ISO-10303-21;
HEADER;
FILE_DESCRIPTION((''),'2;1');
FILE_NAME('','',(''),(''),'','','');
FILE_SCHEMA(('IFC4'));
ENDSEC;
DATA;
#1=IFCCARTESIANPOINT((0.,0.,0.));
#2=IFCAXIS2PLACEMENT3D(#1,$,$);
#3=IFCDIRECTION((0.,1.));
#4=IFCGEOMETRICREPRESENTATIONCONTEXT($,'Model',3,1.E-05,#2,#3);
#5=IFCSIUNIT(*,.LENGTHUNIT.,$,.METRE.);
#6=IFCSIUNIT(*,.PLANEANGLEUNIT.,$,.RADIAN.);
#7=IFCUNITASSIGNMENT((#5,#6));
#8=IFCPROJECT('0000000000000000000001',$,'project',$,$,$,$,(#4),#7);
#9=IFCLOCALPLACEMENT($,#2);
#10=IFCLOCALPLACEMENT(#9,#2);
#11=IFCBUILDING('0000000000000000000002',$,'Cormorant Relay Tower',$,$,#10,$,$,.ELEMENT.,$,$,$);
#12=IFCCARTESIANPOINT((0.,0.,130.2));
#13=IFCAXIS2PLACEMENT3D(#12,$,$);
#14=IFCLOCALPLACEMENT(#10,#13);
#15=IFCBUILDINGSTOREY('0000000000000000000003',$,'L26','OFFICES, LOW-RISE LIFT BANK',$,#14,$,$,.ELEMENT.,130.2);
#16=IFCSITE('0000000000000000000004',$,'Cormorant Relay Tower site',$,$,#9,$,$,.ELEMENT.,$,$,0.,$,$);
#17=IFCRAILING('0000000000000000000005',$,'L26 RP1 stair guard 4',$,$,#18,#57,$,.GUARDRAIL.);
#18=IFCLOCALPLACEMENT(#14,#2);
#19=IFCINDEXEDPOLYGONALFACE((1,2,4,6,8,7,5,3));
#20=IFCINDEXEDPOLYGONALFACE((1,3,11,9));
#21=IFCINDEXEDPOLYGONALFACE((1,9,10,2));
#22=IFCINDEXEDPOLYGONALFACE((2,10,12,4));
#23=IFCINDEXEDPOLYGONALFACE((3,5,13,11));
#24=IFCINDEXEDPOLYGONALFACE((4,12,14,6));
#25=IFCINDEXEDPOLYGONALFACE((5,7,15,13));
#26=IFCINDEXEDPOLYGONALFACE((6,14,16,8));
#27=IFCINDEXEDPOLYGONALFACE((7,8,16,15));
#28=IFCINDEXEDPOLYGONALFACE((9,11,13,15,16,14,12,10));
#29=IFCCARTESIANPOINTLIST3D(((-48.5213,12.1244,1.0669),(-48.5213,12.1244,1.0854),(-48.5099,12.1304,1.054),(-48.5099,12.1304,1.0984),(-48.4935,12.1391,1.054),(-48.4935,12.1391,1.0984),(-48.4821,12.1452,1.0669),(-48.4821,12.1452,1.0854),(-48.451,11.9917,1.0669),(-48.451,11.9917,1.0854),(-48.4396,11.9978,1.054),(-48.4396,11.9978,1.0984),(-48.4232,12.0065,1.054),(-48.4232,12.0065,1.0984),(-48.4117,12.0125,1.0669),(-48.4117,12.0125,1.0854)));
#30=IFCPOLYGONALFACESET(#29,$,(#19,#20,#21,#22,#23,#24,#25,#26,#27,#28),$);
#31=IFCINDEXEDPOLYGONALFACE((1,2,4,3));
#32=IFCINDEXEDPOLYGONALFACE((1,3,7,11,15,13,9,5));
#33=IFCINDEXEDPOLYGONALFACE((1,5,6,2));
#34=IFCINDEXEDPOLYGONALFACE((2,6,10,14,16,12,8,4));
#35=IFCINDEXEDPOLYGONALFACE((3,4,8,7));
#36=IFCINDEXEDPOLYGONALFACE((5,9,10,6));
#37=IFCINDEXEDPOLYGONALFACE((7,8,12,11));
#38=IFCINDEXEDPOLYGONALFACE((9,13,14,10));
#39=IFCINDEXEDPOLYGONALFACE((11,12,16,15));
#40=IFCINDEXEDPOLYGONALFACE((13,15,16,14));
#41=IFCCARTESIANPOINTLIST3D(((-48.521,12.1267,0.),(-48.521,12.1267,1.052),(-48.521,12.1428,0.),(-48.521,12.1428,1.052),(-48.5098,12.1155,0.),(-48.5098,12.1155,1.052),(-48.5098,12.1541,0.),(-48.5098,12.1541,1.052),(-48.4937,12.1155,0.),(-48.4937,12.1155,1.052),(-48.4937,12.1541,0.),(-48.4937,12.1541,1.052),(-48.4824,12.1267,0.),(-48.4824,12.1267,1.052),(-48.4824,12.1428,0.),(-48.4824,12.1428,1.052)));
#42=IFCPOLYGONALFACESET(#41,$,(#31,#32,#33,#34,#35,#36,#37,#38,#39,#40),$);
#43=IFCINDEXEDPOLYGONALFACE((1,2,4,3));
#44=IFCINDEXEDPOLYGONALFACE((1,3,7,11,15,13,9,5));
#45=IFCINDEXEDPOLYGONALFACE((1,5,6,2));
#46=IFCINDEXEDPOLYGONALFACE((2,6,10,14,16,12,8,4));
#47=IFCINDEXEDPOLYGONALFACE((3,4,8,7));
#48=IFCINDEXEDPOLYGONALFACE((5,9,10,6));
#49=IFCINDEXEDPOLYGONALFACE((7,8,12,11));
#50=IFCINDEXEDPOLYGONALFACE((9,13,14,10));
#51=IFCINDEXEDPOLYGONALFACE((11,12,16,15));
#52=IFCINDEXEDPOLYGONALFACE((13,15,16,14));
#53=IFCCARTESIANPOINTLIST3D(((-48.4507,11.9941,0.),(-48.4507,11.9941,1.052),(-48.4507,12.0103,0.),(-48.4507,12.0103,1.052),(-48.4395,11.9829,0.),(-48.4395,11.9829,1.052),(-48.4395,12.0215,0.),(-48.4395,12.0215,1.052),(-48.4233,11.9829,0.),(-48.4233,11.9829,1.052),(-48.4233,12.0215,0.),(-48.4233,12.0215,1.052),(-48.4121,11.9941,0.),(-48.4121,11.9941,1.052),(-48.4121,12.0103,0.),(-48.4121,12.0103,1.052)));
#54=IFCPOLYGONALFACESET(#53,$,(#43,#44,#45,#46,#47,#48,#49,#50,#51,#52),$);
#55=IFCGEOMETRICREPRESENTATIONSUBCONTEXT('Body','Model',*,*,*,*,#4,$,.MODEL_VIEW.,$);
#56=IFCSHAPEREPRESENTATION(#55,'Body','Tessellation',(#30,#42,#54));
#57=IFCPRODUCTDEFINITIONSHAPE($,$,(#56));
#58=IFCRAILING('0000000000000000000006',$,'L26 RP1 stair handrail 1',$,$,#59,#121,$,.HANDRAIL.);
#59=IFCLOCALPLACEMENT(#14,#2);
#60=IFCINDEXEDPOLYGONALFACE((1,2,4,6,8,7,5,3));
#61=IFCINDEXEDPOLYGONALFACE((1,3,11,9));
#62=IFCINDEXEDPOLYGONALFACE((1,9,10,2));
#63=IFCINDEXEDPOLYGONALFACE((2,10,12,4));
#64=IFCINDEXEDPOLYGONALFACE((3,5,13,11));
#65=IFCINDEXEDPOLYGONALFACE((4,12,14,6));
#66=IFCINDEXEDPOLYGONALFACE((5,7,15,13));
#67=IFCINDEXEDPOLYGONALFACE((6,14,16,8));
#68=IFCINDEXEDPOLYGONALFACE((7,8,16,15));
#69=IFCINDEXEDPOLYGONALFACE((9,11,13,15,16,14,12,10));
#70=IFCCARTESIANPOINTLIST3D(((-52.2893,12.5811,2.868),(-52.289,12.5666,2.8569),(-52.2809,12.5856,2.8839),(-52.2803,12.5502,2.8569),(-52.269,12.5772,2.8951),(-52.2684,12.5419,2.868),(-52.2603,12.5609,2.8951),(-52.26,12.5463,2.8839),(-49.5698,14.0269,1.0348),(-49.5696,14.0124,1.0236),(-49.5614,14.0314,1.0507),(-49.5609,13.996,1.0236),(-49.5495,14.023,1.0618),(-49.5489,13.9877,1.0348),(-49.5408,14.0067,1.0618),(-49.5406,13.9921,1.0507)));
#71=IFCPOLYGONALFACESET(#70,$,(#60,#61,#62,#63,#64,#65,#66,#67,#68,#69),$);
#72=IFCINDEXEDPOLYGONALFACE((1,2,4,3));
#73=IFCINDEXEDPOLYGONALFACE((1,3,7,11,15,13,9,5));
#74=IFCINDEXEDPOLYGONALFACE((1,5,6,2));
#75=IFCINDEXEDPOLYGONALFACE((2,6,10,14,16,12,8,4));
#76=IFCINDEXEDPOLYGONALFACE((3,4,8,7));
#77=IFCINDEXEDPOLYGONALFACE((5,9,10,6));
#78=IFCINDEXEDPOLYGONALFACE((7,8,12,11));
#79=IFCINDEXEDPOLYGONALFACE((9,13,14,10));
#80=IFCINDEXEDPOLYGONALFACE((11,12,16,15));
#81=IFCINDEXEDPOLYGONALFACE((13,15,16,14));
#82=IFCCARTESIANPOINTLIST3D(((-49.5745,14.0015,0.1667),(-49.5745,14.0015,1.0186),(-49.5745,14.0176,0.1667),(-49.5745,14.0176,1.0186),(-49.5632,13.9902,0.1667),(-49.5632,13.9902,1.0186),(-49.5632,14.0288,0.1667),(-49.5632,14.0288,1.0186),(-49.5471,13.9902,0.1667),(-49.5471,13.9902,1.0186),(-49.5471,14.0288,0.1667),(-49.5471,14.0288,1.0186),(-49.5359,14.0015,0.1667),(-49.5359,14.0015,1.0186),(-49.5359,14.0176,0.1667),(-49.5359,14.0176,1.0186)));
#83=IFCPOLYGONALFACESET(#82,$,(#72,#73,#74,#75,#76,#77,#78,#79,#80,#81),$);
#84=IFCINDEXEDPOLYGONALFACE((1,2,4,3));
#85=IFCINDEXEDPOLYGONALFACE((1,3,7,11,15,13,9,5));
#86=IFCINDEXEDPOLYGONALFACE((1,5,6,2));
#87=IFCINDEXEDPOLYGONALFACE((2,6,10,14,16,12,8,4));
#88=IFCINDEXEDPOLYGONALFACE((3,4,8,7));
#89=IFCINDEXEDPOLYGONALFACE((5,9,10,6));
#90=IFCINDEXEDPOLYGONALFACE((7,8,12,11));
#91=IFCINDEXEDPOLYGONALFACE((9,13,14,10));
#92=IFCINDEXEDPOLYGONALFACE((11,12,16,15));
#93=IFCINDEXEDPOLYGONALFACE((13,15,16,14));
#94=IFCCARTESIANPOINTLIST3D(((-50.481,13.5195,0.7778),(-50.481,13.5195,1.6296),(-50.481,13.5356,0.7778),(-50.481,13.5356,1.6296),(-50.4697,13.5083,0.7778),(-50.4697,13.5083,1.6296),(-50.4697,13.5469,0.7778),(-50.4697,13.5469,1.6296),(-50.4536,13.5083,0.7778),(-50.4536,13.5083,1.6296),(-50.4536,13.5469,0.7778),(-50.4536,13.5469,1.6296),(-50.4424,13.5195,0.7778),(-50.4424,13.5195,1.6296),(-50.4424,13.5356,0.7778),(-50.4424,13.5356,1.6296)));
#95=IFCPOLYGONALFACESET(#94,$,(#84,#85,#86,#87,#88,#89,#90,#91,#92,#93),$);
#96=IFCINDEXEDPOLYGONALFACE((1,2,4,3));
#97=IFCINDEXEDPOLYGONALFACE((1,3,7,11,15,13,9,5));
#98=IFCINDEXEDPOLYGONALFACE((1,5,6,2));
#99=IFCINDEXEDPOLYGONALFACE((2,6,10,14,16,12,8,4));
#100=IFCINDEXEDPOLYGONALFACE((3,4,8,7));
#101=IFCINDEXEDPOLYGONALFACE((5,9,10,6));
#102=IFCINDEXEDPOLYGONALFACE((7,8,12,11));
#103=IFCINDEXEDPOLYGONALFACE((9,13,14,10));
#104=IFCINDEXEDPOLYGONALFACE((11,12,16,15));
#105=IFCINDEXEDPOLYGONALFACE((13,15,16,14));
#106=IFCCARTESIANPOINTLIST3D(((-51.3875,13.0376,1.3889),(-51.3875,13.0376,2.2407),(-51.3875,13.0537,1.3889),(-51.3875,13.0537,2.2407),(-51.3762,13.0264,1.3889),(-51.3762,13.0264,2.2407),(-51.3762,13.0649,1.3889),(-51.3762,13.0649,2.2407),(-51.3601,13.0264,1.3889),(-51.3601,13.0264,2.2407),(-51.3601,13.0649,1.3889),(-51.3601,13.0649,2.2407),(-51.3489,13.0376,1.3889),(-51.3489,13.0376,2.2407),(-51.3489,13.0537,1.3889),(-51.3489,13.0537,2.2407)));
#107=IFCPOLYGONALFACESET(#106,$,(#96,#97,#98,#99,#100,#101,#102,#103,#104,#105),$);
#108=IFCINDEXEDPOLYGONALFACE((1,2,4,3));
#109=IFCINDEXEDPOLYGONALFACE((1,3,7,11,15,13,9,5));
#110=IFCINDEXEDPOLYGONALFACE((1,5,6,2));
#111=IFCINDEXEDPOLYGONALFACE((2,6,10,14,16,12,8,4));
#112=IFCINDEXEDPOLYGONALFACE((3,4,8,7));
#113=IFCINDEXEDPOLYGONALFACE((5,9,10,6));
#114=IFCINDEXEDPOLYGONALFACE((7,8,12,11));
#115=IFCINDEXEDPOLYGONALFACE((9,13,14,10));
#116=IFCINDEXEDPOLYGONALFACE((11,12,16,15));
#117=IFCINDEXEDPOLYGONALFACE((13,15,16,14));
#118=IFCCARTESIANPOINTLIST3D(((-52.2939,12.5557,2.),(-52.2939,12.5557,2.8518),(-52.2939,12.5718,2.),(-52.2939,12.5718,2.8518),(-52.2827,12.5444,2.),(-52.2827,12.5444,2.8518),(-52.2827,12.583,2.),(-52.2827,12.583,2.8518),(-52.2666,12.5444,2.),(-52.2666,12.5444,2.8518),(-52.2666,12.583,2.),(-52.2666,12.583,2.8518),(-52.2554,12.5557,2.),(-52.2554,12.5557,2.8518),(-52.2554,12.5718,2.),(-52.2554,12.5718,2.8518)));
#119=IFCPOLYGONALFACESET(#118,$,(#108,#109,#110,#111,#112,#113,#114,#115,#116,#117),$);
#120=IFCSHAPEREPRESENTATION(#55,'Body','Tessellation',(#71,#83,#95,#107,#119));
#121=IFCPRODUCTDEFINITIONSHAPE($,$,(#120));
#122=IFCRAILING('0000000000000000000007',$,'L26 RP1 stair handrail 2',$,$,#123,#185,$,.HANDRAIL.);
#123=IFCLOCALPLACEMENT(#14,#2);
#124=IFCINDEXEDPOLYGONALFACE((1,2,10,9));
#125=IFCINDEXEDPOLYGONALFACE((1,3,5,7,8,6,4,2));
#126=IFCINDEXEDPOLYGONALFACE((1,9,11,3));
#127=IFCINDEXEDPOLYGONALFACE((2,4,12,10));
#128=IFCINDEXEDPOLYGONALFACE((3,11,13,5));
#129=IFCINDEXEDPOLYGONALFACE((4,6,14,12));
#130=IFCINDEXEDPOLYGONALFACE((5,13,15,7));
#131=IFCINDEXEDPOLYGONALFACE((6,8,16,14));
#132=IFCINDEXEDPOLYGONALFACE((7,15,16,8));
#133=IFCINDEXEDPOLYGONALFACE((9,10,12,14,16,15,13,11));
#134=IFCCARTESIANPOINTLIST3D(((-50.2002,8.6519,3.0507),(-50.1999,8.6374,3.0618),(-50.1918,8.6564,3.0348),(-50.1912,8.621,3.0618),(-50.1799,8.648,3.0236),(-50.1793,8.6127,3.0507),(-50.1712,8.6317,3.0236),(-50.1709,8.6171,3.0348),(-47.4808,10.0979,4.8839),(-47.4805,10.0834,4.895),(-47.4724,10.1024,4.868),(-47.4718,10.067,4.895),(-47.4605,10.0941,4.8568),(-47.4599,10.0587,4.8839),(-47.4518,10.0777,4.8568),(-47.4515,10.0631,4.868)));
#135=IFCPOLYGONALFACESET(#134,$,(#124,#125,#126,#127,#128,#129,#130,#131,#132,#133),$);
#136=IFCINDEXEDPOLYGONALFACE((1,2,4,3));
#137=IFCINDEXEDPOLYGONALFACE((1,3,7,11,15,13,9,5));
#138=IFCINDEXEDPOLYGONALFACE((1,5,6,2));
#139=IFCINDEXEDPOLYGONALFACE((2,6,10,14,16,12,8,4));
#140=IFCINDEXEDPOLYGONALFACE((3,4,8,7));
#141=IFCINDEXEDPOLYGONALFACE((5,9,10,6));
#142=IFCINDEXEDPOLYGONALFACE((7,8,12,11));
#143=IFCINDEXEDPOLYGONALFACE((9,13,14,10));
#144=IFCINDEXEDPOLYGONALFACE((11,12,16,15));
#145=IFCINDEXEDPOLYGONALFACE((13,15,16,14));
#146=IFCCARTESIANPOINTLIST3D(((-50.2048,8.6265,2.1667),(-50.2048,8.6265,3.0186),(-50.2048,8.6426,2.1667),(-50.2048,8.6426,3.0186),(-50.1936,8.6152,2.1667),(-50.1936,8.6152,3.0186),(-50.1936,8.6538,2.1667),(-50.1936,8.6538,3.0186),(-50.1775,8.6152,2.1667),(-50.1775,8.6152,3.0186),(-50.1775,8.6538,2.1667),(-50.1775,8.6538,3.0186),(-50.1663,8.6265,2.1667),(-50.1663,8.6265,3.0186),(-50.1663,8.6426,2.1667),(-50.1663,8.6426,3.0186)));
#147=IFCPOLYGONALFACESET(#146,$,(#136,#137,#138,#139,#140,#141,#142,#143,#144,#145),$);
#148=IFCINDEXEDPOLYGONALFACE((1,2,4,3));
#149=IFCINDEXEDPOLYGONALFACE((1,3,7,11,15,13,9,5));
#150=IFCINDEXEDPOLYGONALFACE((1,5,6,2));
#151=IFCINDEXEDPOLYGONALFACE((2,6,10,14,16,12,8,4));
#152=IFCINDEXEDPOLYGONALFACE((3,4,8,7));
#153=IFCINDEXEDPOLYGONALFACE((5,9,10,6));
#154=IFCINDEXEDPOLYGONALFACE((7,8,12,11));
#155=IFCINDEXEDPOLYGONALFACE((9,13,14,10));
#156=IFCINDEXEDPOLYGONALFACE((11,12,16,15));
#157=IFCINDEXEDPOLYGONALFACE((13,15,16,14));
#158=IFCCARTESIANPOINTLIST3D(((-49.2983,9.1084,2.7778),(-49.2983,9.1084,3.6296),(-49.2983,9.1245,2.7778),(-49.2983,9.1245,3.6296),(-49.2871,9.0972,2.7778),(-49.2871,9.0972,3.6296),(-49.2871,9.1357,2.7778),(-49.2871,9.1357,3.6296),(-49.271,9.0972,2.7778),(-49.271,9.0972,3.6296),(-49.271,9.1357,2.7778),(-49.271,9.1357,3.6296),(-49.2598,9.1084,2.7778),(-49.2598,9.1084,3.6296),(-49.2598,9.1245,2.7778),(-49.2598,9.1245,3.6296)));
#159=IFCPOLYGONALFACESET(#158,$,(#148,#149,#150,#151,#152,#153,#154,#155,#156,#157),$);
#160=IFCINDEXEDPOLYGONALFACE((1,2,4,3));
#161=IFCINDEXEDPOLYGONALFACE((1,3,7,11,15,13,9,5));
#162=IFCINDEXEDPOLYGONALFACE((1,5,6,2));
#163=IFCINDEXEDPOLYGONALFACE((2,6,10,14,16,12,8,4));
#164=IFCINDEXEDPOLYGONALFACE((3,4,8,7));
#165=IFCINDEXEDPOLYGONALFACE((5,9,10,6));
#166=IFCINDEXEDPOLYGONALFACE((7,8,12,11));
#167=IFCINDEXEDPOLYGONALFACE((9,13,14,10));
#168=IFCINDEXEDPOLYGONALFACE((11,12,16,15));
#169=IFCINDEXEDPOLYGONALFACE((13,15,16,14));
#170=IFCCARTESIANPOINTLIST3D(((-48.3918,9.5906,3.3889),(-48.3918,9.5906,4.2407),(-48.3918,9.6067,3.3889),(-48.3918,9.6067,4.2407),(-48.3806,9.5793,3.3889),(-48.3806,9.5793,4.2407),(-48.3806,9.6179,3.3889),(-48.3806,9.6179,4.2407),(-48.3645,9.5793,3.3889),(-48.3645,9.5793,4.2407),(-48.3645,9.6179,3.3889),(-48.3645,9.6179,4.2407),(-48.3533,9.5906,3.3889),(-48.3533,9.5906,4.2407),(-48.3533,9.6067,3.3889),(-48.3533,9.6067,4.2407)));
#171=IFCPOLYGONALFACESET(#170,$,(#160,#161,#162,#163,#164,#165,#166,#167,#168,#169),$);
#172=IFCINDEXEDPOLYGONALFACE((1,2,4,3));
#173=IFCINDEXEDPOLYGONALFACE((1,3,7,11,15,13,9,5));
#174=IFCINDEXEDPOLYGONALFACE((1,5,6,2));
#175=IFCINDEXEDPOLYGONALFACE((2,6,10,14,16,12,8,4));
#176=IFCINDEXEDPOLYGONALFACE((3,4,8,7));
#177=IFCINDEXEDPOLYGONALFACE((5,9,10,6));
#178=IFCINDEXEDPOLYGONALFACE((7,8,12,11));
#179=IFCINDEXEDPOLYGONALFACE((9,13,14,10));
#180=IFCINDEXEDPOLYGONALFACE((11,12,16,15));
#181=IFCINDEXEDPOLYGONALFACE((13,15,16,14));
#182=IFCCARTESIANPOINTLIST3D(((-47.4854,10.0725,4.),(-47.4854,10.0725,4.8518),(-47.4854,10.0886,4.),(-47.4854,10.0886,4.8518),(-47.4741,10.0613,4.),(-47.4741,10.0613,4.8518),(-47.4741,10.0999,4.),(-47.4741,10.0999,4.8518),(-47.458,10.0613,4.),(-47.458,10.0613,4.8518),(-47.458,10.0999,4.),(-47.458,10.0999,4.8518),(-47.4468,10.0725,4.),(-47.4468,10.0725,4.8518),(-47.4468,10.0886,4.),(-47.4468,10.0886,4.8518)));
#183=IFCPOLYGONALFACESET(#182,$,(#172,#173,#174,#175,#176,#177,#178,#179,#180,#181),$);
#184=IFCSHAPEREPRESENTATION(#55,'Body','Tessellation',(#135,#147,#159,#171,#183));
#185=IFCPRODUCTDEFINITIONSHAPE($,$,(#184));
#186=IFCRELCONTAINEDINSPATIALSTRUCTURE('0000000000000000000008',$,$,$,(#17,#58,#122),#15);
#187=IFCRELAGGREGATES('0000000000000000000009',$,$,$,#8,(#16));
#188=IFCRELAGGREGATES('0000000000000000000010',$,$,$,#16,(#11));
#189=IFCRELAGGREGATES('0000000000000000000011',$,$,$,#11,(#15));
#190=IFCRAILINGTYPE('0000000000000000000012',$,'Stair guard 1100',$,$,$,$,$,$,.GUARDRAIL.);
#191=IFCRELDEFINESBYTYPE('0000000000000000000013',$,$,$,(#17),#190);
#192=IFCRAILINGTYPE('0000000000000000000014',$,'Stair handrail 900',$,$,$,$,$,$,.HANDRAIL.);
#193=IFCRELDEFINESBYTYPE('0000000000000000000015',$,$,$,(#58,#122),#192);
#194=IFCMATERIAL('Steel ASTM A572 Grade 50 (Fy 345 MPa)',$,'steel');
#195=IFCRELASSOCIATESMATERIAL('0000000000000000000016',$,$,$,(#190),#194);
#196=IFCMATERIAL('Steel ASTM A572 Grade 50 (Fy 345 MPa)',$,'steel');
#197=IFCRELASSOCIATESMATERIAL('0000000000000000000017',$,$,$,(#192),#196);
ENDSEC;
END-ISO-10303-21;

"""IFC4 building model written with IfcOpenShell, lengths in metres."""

from ifc_helpers import new_model, si_unit, direction, frame, origin, place, context, subcontext, project, spatial, polyline, outline, extrude, material, type_object, element, save


model = new_model("IFC4")

# Units and contexts
model_context = context("Model", 3, precision=1e-05, world=origin(), true_north=direction((0.0, 1.0)))
body_context = subcontext(model_context, "Body", "Model", "MODEL_VIEW")
ifc_project = project(units=[si_unit("LENGTHUNIT", "METRE"), si_unit("PLANEANGLEUNIT", "RADIAN")], contexts=[model_context])

# Site, building, storey
site_placement = place(None, origin())
site = spatial("IfcSite", under=ifc_project, at=site_placement, Name="Cormorant Relay Tower site", CompositionType="ELEMENT", RefElevation=0.0)
building_placement = place(site_placement, origin())
building = spatial("IfcBuilding", under=site, at=building_placement, Name="Cormorant Relay Tower", CompositionType="ELEMENT")
storey_placement = place(building_placement, frame((0.0, 0.0, 130.2)))
storey = spatial("IfcBuildingStorey", under=building, at=storey_placement, Name="L26", Description="OFFICES, LOW-RISE LIFT BANK", CompositionType="ELEMENT", Elevation=130.2)

# Railings
ifc_material_1 = material(Name="Steel ASTM A572 Grade 50 (Fy 345 MPa)", Category="steel")
railing_type_1 = type_object("IfcRailingType", Name="Stair guard 1100", PredefinedType="GUARDRAIL", material=ifc_material_1)
railing_1_placement = place(storey_placement, frame((-48.5017, 12.1348, 0.0)))
element("IfcRailing", 1, at=railing_1_placement, inside=storey, type_object=railing_type_1, Name="L26 RP1 stair guard 4", PredefinedType="GUARDRAIL", context=body_context, shape_type="SweptSolid", body=[
    extrude(outline(polyline([(0.0222, 0.0093), (0.0093, 0.0222), (-0.0093, 0.0222), (-0.0222, 0.0093), (-0.0222, -0.0093), (-0.0093, -0.0222), (0.0093, -0.0222), (0.0222, -0.0093), (0.0222, 0.0093)])), frame((0.0, 0.0, 1.0762), z_axis=(0.46856, -0.883431, 0.0), x_axis=(0.883431, 0.46856, 0.0)), (0.0, 0.0, 1.0), 0.1501),
    extrude(outline(polyline([(0.0193, 0.0081), (0.0081, 0.0193), (-0.0081, 0.0193), (-0.0193, 0.0081), (-0.0193, -0.0081), (-0.0081, -0.0193), (0.0081, -0.0193), (0.0193, -0.0081), (0.0193, 0.0081)])), origin(), (0.0, 0.0, 1.0), 1.052),
    extrude(outline(polyline([(0.0193, 0.0081), (0.0081, 0.0193), (-0.0081, 0.0193), (-0.0193, 0.0081), (-0.0193, -0.0081), (-0.0081, -0.0193), (0.0081, -0.0193), (0.0193, -0.0081), (0.0193, 0.0081)])), frame((0.0703, -0.1326, 0.0)), (0.0, 0.0, 1.0), 1.052),
])
ifc_material_2 = material(Name="Steel ASTM A572 Grade 50 (Fy 345 MPa)", Category="steel")
railing_type_2 = type_object("IfcRailingType", Name="Stair handrail 900", PredefinedType="HANDRAIL", material=ifc_material_2)
railing_2_placement = place(storey_placement, frame((-49.5552, 14.0095, 0.1667)))
element("IfcRailing", 2, at=railing_2_placement, inside=storey, type_object=railing_type_2, Name="L26 RP1 stair handrail 1", PredefinedType="HANDRAIL", context=body_context, shape_type="SweptSolid", body=[
    extrude(outline(polyline([(0.0222, 0.0093), (0.0093, 0.0222), (-0.0093, 0.0222), (-0.0222, 0.0093), (-0.0222, -0.0093), (-0.0093, -0.0222), (0.0093, -0.0222), (0.0222, -0.0093), (0.0222, 0.0093)])), frame((0.0, 0.0, 0.876), z_axis=(-0.758735, -0.403378, 0.511477), x_axis=(0.469428, -0.882971, 0.0)), (0.0, 0.0, 1.0), 3.5842),
    extrude(outline(polyline([(0.0193, 0.0081), (0.0081, 0.0193), (-0.0081, 0.0193), (-0.0193, 0.0081), (-0.0193, -0.0081), (-0.0081, -0.0193), (0.0081, -0.0193), (0.0193, -0.0081), (0.0193, 0.0081)])), origin(), (0.0, 0.0, 1.0), 0.8518),
    extrude(outline(polyline([(0.0193, 0.0081), (0.0081, 0.0193), (-0.0081, 0.0193), (-0.0193, 0.0081), (-0.0193, -0.0081), (-0.0081, -0.0193), (0.0081, -0.0193), (0.0193, -0.0081), (0.0193, 0.0081)])), frame((-0.9065, -0.4819, 0.6111)), (0.0, 0.0, 1.0), 0.8518),
    extrude(outline(polyline([(0.0193, 0.0081), (0.0081, 0.0193), (-0.0081, 0.0193), (-0.0193, 0.0081), (-0.0193, -0.0081), (-0.0081, -0.0193), (0.0081, -0.0193), (0.0193, -0.0081), (0.0193, 0.0081)])), frame((-1.813, -0.9639, 1.2222)), (0.0, 0.0, 1.0), 0.8518),
    extrude(outline(polyline([(0.0193, 0.0081), (0.0081, 0.0193), (-0.0081, 0.0193), (-0.0193, 0.0081), (-0.0193, -0.0081), (-0.0081, -0.0193), (0.0081, -0.0193), (0.0193, -0.0081), (0.0193, 0.0081)])), frame((-2.7195, -1.4458, 1.8333)), (0.0, 0.0, 1.0), 0.8518),
])
railing_3_placement = place(storey_placement, frame((-50.1855, 8.6345, 2.1667)))
element("IfcRailing", 3, at=railing_3_placement, inside=storey, type_object=railing_type_2, Name="L26 RP1 stair handrail 2", PredefinedType="HANDRAIL", context=body_context, shape_type="SweptSolid", body=[
    extrude(outline(polyline([(0.0222, 0.0093), (0.0093, 0.0222), (-0.0093, 0.0222), (-0.0222, 0.0093), (-0.0222, -0.0093), (-0.0093, -0.0222), (0.0093, -0.0222), (0.0222, -0.0093), (0.0222, 0.0093)])), frame((0.0, 0.0, 0.876), z_axis=(0.758714, 0.403435, 0.511463), x_axis=(-0.469489, 0.882938, 0.0)), (0.0, 0.0, 1.0), 3.5842),
    extrude(outline(polyline([(0.0193, 0.0081), (0.0081, 0.0193), (-0.0081, 0.0193), (-0.0193, 0.0081), (-0.0193, -0.0081), (-0.0081, -0.0193), (0.0081, -0.0193), (0.0193, -0.0081), (0.0193, 0.0081)])), origin(), (0.0, 0.0, 1.0), 0.8518),
    extrude(outline(polyline([(0.0193, 0.0081), (0.0081, 0.0193), (-0.0081, 0.0193), (-0.0193, 0.0081), (-0.0193, -0.0081), (-0.0081, -0.0193), (0.0081, -0.0193), (0.0193, -0.0081), (0.0193, 0.0081)])), frame((0.9065, 0.4819, 0.6111)), (0.0, 0.0, 1.0), 0.8518),
    extrude(outline(polyline([(0.0193, 0.0081), (0.0081, 0.0193), (-0.0081, 0.0193), (-0.0193, 0.0081), (-0.0193, -0.0081), (-0.0081, -0.0193), (0.0081, -0.0193), (0.0193, -0.0081), (0.0193, 0.0081)])), frame((1.813, 0.9641, 1.2222)), (0.0, 0.0, 1.0), 0.8518),
    extrude(outline(polyline([(0.0193, 0.0081), (0.0081, 0.0193), (-0.0081, 0.0193), (-0.0193, 0.0081), (-0.0193, -0.0081), (-0.0081, -0.0193), (0.0081, -0.0193), (0.0193, -0.0081), (0.0193, 0.0081)])), frame((2.7195, 1.446, 1.8333)), (0.0, 0.0, 1.0), 0.8518),
])

save(model, "model.ifc")
